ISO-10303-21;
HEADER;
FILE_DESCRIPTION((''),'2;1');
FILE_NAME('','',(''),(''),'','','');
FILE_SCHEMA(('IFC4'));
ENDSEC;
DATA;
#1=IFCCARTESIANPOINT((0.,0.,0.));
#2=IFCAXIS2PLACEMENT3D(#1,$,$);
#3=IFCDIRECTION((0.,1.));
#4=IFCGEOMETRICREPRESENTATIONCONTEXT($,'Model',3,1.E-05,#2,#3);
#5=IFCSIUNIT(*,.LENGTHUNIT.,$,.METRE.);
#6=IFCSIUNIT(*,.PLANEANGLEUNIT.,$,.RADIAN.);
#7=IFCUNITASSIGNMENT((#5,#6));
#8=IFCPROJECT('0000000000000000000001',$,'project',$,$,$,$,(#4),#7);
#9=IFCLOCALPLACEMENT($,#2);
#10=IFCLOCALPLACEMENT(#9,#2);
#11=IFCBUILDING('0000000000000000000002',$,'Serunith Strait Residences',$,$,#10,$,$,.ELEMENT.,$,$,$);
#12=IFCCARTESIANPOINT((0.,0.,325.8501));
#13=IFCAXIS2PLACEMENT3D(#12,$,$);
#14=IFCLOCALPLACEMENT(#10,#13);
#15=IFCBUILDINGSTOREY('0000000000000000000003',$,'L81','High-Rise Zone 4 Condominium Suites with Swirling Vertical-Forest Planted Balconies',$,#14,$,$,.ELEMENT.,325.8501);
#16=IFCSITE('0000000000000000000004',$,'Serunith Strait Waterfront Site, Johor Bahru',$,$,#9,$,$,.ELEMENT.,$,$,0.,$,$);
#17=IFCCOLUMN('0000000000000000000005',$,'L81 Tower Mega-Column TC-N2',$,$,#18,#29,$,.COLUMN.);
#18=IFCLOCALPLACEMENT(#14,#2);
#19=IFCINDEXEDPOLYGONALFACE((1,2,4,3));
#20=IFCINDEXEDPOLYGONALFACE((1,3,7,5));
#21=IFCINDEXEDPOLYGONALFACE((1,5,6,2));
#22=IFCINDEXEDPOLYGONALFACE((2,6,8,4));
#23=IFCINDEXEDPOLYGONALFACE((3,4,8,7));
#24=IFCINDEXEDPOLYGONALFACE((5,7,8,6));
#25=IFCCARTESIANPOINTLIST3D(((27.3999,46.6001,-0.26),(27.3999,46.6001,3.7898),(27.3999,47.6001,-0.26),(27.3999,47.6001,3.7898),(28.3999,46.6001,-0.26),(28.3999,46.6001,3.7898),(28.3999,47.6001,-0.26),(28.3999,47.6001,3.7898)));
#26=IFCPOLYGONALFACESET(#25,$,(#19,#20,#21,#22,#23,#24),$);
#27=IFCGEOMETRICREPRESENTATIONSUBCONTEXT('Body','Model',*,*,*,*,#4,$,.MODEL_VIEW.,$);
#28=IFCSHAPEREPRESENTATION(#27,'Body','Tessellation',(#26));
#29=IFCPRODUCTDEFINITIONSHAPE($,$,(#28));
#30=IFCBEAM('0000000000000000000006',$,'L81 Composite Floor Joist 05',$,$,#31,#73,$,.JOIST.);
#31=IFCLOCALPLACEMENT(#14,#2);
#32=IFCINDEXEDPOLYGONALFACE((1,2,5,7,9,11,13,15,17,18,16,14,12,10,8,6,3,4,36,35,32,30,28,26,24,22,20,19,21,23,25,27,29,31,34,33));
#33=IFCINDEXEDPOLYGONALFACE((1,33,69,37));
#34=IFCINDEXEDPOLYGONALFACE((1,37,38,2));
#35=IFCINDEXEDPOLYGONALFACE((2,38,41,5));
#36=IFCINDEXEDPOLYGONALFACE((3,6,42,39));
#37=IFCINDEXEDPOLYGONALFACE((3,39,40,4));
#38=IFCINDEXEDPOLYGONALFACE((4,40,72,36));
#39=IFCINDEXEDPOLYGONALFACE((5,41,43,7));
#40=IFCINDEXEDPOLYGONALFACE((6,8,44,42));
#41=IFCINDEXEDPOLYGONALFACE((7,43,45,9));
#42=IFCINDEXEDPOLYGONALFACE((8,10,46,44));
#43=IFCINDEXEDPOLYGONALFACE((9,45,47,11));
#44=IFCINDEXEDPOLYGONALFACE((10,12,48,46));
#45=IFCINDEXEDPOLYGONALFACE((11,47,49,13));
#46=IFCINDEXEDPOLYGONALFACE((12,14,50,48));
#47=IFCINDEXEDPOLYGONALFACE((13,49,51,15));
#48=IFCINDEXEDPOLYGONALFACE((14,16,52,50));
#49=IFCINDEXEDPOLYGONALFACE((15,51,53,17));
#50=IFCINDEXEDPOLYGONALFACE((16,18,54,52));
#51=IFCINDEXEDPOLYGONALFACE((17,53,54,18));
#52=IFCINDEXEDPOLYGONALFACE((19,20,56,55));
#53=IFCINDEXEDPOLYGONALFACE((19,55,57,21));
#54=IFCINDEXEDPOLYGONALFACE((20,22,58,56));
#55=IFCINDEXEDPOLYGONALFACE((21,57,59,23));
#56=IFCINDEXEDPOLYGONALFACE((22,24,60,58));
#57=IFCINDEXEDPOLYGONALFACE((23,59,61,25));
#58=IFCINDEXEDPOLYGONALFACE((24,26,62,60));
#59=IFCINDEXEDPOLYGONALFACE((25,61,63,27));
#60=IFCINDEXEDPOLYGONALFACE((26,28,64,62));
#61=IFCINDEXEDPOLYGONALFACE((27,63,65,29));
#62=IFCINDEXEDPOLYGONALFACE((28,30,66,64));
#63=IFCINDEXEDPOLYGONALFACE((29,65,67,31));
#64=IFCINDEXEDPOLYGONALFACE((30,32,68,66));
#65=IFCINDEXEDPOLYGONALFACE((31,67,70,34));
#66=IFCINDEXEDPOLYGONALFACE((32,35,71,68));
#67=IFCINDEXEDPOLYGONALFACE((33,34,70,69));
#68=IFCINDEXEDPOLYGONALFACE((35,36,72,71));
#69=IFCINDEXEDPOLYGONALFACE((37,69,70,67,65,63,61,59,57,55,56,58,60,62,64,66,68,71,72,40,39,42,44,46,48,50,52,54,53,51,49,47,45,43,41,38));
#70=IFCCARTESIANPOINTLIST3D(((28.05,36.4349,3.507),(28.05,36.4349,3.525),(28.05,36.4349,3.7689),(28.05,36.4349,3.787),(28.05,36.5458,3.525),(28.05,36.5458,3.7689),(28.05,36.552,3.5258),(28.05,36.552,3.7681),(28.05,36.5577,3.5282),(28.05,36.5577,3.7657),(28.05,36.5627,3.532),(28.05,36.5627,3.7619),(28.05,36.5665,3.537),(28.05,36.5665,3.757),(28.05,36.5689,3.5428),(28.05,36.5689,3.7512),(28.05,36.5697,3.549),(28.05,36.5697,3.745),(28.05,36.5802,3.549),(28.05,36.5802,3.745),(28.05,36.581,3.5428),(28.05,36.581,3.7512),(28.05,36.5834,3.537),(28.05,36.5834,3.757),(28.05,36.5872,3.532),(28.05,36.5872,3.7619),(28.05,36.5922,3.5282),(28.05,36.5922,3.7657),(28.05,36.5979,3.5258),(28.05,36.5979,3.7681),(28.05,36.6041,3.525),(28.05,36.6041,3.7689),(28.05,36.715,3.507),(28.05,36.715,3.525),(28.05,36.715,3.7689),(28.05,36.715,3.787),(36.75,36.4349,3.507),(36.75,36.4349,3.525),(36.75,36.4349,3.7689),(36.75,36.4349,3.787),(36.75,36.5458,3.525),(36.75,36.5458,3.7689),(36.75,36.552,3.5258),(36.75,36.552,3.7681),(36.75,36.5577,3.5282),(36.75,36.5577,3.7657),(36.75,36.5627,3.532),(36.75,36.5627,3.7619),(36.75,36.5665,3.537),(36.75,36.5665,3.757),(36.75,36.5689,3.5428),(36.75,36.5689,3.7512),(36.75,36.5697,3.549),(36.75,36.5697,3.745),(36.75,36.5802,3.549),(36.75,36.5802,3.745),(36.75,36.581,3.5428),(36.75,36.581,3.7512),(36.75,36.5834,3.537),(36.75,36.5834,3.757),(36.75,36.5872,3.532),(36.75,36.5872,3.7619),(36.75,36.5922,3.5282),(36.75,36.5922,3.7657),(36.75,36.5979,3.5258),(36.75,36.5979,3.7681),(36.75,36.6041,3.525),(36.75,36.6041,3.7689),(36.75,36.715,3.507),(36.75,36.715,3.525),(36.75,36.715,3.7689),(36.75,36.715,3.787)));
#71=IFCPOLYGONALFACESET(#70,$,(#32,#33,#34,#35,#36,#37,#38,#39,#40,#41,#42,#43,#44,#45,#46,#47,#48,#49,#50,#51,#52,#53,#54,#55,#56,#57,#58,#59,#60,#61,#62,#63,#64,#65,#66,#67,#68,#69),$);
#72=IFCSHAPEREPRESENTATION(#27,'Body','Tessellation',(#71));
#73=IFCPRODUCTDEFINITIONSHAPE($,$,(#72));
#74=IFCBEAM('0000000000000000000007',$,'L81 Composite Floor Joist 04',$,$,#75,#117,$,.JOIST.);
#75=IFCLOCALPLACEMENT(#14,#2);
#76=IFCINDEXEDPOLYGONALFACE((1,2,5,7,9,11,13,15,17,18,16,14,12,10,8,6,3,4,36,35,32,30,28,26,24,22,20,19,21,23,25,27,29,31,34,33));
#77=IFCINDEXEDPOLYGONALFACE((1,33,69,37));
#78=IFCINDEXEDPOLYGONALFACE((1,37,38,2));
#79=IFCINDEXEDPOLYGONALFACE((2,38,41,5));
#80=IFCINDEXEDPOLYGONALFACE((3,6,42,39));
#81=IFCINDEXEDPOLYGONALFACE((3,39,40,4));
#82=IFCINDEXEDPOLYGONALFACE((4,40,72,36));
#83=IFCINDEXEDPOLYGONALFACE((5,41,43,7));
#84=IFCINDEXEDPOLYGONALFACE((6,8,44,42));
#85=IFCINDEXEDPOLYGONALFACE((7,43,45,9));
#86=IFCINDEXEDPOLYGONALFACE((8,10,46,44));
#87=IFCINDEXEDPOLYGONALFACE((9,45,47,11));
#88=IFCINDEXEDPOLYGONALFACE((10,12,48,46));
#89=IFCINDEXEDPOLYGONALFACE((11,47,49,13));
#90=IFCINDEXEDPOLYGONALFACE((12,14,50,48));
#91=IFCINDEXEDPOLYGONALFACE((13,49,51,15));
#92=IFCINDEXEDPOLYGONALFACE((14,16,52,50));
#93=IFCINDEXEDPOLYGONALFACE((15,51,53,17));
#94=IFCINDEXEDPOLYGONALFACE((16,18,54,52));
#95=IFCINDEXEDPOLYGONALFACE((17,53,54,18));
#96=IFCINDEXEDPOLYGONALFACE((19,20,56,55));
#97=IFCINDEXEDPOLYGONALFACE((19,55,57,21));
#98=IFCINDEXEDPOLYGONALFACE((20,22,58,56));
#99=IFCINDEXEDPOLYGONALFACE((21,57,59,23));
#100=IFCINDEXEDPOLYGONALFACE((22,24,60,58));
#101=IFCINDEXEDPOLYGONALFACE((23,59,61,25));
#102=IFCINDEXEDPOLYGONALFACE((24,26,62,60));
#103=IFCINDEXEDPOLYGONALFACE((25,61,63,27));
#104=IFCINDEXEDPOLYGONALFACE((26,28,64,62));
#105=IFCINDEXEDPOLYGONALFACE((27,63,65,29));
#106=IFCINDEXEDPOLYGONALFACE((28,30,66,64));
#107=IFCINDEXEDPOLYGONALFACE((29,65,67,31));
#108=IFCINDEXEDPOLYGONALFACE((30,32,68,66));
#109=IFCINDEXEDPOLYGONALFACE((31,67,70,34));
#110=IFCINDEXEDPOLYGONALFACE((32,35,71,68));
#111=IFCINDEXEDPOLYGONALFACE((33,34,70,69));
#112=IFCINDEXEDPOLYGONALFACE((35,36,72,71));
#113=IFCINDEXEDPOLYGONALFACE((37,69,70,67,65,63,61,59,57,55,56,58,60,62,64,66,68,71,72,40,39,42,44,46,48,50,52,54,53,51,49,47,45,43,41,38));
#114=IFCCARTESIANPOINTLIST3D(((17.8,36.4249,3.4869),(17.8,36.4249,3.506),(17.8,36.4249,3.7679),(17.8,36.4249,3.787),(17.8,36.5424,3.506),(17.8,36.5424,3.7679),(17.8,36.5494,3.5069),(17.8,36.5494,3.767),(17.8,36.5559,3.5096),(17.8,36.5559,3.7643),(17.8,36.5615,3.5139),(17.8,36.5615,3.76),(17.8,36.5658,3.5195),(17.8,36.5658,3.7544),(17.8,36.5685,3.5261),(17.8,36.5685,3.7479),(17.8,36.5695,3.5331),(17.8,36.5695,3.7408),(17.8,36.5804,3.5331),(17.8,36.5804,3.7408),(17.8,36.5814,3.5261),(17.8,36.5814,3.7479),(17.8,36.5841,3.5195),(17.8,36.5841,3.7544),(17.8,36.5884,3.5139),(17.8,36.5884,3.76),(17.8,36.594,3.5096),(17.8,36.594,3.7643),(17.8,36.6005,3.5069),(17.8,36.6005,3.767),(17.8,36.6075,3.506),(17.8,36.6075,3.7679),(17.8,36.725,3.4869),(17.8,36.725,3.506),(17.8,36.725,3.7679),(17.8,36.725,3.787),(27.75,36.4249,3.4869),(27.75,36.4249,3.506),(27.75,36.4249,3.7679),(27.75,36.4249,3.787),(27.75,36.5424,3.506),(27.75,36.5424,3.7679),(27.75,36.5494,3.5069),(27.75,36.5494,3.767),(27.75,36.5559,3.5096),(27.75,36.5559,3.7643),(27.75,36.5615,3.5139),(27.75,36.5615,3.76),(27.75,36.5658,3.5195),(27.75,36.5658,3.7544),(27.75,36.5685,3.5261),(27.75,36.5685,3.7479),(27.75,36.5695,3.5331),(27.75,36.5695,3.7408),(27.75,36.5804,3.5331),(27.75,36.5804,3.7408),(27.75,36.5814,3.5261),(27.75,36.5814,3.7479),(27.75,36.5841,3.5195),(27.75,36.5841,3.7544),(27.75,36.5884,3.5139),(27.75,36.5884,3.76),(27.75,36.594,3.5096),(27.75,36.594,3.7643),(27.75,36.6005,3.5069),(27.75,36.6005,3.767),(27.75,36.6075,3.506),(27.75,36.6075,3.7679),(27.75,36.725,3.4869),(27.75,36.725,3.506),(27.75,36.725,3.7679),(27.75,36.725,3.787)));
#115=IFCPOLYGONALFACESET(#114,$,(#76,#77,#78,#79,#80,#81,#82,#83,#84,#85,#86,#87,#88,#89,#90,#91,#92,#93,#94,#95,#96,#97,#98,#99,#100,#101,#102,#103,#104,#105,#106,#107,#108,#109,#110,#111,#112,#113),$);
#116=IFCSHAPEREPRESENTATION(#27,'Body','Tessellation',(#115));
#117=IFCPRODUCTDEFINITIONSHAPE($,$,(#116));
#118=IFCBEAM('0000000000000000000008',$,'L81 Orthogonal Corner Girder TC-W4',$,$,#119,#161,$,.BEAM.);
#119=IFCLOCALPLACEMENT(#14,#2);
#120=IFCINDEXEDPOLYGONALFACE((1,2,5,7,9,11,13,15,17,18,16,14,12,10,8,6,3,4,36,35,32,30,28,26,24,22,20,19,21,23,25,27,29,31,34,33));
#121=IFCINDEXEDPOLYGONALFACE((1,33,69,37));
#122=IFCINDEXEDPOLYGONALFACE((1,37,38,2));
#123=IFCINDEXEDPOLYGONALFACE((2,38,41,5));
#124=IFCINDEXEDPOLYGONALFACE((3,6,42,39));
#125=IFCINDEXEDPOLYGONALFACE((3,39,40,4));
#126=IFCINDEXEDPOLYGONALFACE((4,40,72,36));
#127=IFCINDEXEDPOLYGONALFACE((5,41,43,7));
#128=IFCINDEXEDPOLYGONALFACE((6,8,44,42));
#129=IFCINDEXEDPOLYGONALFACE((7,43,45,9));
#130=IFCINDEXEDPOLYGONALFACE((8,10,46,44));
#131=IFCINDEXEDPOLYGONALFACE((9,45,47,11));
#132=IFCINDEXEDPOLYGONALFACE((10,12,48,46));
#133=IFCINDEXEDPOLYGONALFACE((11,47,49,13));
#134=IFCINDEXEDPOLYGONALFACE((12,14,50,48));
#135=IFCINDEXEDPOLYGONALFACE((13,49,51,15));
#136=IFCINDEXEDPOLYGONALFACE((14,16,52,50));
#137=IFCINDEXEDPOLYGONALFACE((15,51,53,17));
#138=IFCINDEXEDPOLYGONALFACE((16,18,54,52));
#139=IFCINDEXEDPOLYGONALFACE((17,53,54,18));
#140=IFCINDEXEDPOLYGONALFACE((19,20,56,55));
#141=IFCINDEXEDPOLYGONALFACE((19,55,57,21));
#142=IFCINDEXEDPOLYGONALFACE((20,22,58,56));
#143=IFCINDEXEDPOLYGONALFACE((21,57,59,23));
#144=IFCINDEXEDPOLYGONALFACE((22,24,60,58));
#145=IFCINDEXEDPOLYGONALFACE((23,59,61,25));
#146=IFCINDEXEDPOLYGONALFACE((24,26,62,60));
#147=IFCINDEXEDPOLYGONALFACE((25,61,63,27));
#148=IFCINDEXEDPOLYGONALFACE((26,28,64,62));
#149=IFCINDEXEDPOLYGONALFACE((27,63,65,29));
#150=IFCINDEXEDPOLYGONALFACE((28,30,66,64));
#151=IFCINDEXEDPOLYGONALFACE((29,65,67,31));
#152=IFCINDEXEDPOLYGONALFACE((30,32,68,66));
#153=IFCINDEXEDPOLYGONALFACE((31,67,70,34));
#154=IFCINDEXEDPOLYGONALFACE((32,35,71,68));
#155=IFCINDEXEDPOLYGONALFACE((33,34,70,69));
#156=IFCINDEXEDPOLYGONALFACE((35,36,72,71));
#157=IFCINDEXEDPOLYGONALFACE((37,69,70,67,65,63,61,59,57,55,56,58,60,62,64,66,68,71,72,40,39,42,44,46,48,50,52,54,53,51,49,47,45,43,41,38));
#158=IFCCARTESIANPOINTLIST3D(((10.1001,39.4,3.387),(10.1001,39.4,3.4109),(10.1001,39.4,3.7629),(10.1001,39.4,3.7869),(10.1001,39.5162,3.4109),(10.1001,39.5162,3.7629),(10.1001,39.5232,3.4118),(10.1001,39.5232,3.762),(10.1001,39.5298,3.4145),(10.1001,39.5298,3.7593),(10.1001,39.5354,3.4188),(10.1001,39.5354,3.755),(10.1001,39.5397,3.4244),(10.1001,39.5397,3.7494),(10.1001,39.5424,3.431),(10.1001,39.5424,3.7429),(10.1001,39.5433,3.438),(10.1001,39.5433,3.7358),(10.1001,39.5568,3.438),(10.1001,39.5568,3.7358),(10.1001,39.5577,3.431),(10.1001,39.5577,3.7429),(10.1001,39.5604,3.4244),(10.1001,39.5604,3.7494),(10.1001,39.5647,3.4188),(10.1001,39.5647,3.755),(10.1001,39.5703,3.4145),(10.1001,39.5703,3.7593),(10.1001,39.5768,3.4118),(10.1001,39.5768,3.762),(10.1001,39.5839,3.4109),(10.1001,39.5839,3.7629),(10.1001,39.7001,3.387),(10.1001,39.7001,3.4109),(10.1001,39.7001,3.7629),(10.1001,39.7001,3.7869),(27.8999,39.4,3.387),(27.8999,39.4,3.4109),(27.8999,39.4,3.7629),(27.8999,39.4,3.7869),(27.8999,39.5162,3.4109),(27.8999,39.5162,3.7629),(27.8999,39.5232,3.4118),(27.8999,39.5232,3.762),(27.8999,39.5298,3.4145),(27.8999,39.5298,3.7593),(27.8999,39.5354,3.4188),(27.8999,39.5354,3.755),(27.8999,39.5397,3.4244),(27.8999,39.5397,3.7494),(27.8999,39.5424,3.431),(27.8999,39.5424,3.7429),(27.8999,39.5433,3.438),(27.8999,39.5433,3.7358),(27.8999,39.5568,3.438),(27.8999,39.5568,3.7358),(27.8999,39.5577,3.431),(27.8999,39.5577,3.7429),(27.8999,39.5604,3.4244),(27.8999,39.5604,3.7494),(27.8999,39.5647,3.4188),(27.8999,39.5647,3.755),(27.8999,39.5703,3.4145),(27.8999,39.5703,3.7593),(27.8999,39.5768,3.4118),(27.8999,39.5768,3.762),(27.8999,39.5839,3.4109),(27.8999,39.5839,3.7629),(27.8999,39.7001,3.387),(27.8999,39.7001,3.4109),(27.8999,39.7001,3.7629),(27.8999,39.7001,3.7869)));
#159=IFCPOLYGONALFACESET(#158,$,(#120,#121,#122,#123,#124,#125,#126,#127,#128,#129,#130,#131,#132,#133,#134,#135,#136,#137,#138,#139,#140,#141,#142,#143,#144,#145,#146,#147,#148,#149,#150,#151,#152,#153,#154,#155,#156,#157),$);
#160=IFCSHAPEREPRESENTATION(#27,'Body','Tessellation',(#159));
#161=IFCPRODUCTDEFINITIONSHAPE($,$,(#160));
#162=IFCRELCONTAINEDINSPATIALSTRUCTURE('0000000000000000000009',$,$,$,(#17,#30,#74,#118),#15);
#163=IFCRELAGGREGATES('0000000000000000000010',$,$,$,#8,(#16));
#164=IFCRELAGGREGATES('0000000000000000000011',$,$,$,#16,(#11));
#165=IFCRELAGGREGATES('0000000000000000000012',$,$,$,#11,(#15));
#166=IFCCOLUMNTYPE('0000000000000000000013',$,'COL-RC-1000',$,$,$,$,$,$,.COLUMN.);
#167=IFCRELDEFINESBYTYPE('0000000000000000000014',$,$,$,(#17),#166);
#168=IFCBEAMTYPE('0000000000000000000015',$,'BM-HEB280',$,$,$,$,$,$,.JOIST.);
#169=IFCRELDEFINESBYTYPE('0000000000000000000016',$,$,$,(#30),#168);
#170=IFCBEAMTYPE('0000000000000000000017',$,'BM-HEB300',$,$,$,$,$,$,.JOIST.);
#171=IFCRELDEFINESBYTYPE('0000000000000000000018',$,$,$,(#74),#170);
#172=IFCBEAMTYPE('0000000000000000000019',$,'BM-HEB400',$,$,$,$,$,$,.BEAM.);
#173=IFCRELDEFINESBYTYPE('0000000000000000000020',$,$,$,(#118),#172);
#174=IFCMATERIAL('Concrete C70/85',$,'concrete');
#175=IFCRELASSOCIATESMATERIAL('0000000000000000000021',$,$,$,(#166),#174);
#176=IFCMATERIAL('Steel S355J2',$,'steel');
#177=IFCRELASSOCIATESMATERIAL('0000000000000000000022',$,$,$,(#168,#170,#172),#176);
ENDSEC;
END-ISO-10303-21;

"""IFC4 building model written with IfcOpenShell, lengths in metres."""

from ifc_helpers import new_model, si_unit, direction, frame, origin, origin_2d, place, context, subcontext, project, spatial, rectangle, i_section, extrude, source, transform, mapped, material, material_profile, profile_set, type_object, element, save


model = new_model("IFC4")

# Units and contexts
model_context = context("Model", 3, precision=1e-05, world=origin(), true_north=direction((0.0, 1.0)))
body_context = subcontext(model_context, "Body", "Model", "MODEL_VIEW")
ifc_project = project(units=[si_unit("LENGTHUNIT", "METRE"), si_unit("PLANEANGLEUNIT", "RADIAN")], contexts=[model_context])

# Site, building, storey
site_placement = place(None, origin())
site = spatial("IfcSite", under=ifc_project, at=site_placement, Name="Serunith Strait Waterfront Site, Johor Bahru", CompositionType="ELEMENT", RefElevation=0.0)
building_placement = place(site_placement, origin())
building = spatial("IfcBuilding", under=site, at=building_placement, Name="Serunith Strait Residences", CompositionType="ELEMENT")
storey_placement = place(building_placement, frame((0.0, 0.0, 325.8501)))
storey = spatial("IfcBuildingStorey", under=building, at=storey_placement, Name="L81", Description="High-Rise Zone 4 Condominium Suites with Swirling Vertical-Forest Planted Balconies", CompositionType="ELEMENT", Elevation=325.8501)

# Column
ifc_material_1 = material(Name="Concrete C70/85", Category="concrete")
ifc_material_profile_1 = material_profile(ifc_material_1, rectangle(XDim=1.0, YDim=1.0, at=origin_2d()), Name="RC 1000x1000")
ifc_profile_set_1 = profile_set([ifc_material_profile_1], Name="Concrete C70/85")
column_type = type_object("IfcColumnType", Name="COL-RC-1000", PredefinedType="COLUMN", material=ifc_profile_set_1)
shared_shape_1 = source(origin(), body_context, "Body", "SweptSolid", [
    extrude(rectangle(XDim=1.0, YDim=1.0, at=origin_2d()), origin(), (0.0, 0.0, 1.0), 4.0498),
])
column_placement = place(storey_placement, frame((27.8999, 47.1001, -0.26), z_axis=(0.0, 0.0, 1.0), x_axis=(1.0, 0.0, 0.0)))
element("IfcColumn", 1, at=column_placement, inside=storey, type_object=column_type, Name="L81 Tower Mega-Column TC-N2", PredefinedType="COLUMN", context=body_context, shape_type="MappedRepresentation", body=[
    mapped(shared_shape_1, transform((0.0, 0.0, 0.0), scale=1.0)),
])

# Beams
ifc_material_2 = material(Name="Steel S355J2", Category="steel")
ifc_material_profile_2 = material_profile(ifc_material_2, i_section(OverallWidth=0.28, OverallDepth=0.28, WebThickness=0.0105, FlangeThickness=0.0181, FilletRadius=0.0239, at=origin_2d()), Name="HEB 280")
ifc_profile_set_2 = profile_set([ifc_material_profile_2], Name="Steel S355J2")
beam_type_1 = type_object("IfcBeamType", Name="BM-HEB280", PredefinedType="JOIST", material=ifc_profile_set_2)
shared_shape_2 = source(origin(), body_context, "Body", "SweptSolid", [
    extrude(i_section(OverallWidth=0.28, OverallDepth=0.28, WebThickness=0.0105, FlangeThickness=0.0181, FilletRadius=0.0239, at=origin_2d()), origin(), (0.0, 0.0, 1.0), 8.7),
])
beam_1_placement = place(storey_placement, frame((28.05, 36.575, 3.647), z_axis=(1.0, 0.0, 0.0), x_axis=(0.0, 1.0, 0.0)))
element("IfcBeam", 2, at=beam_1_placement, inside=storey, type_object=beam_type_1, Name="L81 Composite Floor Joist 05", PredefinedType="JOIST", context=body_context, shape_type="MappedRepresentation", body=[
    mapped(shared_shape_2, transform((0.0, 0.0, 0.0), scale=1.0)),
])
ifc_material_profile_3 = material_profile(ifc_material_2, i_section(OverallWidth=0.3, OverallDepth=0.3, WebThickness=0.011, FlangeThickness=0.019, FilletRadius=0.0271, at=origin_2d()), Name="HEB 300")
ifc_profile_set_3 = profile_set([ifc_material_profile_3], Name="Steel S355J2")
beam_type_2 = type_object("IfcBeamType", Name="BM-HEB300", PredefinedType="JOIST", material=ifc_profile_set_3)
shared_shape_3 = source(origin(), body_context, "Body", "SweptSolid", [
    extrude(i_section(OverallWidth=0.3, OverallDepth=0.3, WebThickness=0.011, FlangeThickness=0.019, FilletRadius=0.0271, at=origin_2d()), origin(), (0.0, 0.0, 1.0), 9.95),
])
beam_2_placement = place(storey_placement, frame((17.8, 36.575, 3.637), z_axis=(1.0, 0.0, 0.0), x_axis=(0.0, 1.0, 0.0)))
element("IfcBeam", 3, at=beam_2_placement, inside=storey, type_object=beam_type_2, Name="L81 Composite Floor Joist 04", PredefinedType="JOIST", context=body_context, shape_type="MappedRepresentation", body=[
    mapped(shared_shape_3, transform((0.0, 0.0, 0.0), scale=1.0)),
])
ifc_material_profile_4 = material_profile(ifc_material_2, i_section(OverallWidth=0.3, OverallDepth=0.3999, WebThickness=0.0134, FlangeThickness=0.0239, FilletRadius=0.0271, at=origin_2d()), Name="HEB 400")
ifc_profile_set_4 = profile_set([ifc_material_profile_4], Name="Steel S355J2")
beam_type_3 = type_object("IfcBeamType", Name="BM-HEB400", PredefinedType="BEAM", material=ifc_profile_set_4)
shared_shape_4 = source(origin(), body_context, "Body", "SweptSolid", [
    extrude(i_section(OverallWidth=0.3, OverallDepth=0.3999, WebThickness=0.0134, FlangeThickness=0.0239, FilletRadius=0.0271, at=origin_2d()), origin(), (0.0, 0.0, 1.0), 17.7998),
])
beam_3_placement = place(storey_placement, frame((27.8999, 39.55, 3.5869), z_axis=(-1.0, 0.0, 0.0), x_axis=(0.0, -1.0, 0.0)))
element("IfcBeam", 4, at=beam_3_placement, inside=storey, type_object=beam_type_3, Name="L81 Orthogonal Corner Girder TC-W4", PredefinedType="BEAM", context=body_context, shape_type="MappedRepresentation", body=[
    mapped(shared_shape_4, transform((0.0, 0.0, 0.0), scale=1.0)),
])

save(model, "model.ifc")
